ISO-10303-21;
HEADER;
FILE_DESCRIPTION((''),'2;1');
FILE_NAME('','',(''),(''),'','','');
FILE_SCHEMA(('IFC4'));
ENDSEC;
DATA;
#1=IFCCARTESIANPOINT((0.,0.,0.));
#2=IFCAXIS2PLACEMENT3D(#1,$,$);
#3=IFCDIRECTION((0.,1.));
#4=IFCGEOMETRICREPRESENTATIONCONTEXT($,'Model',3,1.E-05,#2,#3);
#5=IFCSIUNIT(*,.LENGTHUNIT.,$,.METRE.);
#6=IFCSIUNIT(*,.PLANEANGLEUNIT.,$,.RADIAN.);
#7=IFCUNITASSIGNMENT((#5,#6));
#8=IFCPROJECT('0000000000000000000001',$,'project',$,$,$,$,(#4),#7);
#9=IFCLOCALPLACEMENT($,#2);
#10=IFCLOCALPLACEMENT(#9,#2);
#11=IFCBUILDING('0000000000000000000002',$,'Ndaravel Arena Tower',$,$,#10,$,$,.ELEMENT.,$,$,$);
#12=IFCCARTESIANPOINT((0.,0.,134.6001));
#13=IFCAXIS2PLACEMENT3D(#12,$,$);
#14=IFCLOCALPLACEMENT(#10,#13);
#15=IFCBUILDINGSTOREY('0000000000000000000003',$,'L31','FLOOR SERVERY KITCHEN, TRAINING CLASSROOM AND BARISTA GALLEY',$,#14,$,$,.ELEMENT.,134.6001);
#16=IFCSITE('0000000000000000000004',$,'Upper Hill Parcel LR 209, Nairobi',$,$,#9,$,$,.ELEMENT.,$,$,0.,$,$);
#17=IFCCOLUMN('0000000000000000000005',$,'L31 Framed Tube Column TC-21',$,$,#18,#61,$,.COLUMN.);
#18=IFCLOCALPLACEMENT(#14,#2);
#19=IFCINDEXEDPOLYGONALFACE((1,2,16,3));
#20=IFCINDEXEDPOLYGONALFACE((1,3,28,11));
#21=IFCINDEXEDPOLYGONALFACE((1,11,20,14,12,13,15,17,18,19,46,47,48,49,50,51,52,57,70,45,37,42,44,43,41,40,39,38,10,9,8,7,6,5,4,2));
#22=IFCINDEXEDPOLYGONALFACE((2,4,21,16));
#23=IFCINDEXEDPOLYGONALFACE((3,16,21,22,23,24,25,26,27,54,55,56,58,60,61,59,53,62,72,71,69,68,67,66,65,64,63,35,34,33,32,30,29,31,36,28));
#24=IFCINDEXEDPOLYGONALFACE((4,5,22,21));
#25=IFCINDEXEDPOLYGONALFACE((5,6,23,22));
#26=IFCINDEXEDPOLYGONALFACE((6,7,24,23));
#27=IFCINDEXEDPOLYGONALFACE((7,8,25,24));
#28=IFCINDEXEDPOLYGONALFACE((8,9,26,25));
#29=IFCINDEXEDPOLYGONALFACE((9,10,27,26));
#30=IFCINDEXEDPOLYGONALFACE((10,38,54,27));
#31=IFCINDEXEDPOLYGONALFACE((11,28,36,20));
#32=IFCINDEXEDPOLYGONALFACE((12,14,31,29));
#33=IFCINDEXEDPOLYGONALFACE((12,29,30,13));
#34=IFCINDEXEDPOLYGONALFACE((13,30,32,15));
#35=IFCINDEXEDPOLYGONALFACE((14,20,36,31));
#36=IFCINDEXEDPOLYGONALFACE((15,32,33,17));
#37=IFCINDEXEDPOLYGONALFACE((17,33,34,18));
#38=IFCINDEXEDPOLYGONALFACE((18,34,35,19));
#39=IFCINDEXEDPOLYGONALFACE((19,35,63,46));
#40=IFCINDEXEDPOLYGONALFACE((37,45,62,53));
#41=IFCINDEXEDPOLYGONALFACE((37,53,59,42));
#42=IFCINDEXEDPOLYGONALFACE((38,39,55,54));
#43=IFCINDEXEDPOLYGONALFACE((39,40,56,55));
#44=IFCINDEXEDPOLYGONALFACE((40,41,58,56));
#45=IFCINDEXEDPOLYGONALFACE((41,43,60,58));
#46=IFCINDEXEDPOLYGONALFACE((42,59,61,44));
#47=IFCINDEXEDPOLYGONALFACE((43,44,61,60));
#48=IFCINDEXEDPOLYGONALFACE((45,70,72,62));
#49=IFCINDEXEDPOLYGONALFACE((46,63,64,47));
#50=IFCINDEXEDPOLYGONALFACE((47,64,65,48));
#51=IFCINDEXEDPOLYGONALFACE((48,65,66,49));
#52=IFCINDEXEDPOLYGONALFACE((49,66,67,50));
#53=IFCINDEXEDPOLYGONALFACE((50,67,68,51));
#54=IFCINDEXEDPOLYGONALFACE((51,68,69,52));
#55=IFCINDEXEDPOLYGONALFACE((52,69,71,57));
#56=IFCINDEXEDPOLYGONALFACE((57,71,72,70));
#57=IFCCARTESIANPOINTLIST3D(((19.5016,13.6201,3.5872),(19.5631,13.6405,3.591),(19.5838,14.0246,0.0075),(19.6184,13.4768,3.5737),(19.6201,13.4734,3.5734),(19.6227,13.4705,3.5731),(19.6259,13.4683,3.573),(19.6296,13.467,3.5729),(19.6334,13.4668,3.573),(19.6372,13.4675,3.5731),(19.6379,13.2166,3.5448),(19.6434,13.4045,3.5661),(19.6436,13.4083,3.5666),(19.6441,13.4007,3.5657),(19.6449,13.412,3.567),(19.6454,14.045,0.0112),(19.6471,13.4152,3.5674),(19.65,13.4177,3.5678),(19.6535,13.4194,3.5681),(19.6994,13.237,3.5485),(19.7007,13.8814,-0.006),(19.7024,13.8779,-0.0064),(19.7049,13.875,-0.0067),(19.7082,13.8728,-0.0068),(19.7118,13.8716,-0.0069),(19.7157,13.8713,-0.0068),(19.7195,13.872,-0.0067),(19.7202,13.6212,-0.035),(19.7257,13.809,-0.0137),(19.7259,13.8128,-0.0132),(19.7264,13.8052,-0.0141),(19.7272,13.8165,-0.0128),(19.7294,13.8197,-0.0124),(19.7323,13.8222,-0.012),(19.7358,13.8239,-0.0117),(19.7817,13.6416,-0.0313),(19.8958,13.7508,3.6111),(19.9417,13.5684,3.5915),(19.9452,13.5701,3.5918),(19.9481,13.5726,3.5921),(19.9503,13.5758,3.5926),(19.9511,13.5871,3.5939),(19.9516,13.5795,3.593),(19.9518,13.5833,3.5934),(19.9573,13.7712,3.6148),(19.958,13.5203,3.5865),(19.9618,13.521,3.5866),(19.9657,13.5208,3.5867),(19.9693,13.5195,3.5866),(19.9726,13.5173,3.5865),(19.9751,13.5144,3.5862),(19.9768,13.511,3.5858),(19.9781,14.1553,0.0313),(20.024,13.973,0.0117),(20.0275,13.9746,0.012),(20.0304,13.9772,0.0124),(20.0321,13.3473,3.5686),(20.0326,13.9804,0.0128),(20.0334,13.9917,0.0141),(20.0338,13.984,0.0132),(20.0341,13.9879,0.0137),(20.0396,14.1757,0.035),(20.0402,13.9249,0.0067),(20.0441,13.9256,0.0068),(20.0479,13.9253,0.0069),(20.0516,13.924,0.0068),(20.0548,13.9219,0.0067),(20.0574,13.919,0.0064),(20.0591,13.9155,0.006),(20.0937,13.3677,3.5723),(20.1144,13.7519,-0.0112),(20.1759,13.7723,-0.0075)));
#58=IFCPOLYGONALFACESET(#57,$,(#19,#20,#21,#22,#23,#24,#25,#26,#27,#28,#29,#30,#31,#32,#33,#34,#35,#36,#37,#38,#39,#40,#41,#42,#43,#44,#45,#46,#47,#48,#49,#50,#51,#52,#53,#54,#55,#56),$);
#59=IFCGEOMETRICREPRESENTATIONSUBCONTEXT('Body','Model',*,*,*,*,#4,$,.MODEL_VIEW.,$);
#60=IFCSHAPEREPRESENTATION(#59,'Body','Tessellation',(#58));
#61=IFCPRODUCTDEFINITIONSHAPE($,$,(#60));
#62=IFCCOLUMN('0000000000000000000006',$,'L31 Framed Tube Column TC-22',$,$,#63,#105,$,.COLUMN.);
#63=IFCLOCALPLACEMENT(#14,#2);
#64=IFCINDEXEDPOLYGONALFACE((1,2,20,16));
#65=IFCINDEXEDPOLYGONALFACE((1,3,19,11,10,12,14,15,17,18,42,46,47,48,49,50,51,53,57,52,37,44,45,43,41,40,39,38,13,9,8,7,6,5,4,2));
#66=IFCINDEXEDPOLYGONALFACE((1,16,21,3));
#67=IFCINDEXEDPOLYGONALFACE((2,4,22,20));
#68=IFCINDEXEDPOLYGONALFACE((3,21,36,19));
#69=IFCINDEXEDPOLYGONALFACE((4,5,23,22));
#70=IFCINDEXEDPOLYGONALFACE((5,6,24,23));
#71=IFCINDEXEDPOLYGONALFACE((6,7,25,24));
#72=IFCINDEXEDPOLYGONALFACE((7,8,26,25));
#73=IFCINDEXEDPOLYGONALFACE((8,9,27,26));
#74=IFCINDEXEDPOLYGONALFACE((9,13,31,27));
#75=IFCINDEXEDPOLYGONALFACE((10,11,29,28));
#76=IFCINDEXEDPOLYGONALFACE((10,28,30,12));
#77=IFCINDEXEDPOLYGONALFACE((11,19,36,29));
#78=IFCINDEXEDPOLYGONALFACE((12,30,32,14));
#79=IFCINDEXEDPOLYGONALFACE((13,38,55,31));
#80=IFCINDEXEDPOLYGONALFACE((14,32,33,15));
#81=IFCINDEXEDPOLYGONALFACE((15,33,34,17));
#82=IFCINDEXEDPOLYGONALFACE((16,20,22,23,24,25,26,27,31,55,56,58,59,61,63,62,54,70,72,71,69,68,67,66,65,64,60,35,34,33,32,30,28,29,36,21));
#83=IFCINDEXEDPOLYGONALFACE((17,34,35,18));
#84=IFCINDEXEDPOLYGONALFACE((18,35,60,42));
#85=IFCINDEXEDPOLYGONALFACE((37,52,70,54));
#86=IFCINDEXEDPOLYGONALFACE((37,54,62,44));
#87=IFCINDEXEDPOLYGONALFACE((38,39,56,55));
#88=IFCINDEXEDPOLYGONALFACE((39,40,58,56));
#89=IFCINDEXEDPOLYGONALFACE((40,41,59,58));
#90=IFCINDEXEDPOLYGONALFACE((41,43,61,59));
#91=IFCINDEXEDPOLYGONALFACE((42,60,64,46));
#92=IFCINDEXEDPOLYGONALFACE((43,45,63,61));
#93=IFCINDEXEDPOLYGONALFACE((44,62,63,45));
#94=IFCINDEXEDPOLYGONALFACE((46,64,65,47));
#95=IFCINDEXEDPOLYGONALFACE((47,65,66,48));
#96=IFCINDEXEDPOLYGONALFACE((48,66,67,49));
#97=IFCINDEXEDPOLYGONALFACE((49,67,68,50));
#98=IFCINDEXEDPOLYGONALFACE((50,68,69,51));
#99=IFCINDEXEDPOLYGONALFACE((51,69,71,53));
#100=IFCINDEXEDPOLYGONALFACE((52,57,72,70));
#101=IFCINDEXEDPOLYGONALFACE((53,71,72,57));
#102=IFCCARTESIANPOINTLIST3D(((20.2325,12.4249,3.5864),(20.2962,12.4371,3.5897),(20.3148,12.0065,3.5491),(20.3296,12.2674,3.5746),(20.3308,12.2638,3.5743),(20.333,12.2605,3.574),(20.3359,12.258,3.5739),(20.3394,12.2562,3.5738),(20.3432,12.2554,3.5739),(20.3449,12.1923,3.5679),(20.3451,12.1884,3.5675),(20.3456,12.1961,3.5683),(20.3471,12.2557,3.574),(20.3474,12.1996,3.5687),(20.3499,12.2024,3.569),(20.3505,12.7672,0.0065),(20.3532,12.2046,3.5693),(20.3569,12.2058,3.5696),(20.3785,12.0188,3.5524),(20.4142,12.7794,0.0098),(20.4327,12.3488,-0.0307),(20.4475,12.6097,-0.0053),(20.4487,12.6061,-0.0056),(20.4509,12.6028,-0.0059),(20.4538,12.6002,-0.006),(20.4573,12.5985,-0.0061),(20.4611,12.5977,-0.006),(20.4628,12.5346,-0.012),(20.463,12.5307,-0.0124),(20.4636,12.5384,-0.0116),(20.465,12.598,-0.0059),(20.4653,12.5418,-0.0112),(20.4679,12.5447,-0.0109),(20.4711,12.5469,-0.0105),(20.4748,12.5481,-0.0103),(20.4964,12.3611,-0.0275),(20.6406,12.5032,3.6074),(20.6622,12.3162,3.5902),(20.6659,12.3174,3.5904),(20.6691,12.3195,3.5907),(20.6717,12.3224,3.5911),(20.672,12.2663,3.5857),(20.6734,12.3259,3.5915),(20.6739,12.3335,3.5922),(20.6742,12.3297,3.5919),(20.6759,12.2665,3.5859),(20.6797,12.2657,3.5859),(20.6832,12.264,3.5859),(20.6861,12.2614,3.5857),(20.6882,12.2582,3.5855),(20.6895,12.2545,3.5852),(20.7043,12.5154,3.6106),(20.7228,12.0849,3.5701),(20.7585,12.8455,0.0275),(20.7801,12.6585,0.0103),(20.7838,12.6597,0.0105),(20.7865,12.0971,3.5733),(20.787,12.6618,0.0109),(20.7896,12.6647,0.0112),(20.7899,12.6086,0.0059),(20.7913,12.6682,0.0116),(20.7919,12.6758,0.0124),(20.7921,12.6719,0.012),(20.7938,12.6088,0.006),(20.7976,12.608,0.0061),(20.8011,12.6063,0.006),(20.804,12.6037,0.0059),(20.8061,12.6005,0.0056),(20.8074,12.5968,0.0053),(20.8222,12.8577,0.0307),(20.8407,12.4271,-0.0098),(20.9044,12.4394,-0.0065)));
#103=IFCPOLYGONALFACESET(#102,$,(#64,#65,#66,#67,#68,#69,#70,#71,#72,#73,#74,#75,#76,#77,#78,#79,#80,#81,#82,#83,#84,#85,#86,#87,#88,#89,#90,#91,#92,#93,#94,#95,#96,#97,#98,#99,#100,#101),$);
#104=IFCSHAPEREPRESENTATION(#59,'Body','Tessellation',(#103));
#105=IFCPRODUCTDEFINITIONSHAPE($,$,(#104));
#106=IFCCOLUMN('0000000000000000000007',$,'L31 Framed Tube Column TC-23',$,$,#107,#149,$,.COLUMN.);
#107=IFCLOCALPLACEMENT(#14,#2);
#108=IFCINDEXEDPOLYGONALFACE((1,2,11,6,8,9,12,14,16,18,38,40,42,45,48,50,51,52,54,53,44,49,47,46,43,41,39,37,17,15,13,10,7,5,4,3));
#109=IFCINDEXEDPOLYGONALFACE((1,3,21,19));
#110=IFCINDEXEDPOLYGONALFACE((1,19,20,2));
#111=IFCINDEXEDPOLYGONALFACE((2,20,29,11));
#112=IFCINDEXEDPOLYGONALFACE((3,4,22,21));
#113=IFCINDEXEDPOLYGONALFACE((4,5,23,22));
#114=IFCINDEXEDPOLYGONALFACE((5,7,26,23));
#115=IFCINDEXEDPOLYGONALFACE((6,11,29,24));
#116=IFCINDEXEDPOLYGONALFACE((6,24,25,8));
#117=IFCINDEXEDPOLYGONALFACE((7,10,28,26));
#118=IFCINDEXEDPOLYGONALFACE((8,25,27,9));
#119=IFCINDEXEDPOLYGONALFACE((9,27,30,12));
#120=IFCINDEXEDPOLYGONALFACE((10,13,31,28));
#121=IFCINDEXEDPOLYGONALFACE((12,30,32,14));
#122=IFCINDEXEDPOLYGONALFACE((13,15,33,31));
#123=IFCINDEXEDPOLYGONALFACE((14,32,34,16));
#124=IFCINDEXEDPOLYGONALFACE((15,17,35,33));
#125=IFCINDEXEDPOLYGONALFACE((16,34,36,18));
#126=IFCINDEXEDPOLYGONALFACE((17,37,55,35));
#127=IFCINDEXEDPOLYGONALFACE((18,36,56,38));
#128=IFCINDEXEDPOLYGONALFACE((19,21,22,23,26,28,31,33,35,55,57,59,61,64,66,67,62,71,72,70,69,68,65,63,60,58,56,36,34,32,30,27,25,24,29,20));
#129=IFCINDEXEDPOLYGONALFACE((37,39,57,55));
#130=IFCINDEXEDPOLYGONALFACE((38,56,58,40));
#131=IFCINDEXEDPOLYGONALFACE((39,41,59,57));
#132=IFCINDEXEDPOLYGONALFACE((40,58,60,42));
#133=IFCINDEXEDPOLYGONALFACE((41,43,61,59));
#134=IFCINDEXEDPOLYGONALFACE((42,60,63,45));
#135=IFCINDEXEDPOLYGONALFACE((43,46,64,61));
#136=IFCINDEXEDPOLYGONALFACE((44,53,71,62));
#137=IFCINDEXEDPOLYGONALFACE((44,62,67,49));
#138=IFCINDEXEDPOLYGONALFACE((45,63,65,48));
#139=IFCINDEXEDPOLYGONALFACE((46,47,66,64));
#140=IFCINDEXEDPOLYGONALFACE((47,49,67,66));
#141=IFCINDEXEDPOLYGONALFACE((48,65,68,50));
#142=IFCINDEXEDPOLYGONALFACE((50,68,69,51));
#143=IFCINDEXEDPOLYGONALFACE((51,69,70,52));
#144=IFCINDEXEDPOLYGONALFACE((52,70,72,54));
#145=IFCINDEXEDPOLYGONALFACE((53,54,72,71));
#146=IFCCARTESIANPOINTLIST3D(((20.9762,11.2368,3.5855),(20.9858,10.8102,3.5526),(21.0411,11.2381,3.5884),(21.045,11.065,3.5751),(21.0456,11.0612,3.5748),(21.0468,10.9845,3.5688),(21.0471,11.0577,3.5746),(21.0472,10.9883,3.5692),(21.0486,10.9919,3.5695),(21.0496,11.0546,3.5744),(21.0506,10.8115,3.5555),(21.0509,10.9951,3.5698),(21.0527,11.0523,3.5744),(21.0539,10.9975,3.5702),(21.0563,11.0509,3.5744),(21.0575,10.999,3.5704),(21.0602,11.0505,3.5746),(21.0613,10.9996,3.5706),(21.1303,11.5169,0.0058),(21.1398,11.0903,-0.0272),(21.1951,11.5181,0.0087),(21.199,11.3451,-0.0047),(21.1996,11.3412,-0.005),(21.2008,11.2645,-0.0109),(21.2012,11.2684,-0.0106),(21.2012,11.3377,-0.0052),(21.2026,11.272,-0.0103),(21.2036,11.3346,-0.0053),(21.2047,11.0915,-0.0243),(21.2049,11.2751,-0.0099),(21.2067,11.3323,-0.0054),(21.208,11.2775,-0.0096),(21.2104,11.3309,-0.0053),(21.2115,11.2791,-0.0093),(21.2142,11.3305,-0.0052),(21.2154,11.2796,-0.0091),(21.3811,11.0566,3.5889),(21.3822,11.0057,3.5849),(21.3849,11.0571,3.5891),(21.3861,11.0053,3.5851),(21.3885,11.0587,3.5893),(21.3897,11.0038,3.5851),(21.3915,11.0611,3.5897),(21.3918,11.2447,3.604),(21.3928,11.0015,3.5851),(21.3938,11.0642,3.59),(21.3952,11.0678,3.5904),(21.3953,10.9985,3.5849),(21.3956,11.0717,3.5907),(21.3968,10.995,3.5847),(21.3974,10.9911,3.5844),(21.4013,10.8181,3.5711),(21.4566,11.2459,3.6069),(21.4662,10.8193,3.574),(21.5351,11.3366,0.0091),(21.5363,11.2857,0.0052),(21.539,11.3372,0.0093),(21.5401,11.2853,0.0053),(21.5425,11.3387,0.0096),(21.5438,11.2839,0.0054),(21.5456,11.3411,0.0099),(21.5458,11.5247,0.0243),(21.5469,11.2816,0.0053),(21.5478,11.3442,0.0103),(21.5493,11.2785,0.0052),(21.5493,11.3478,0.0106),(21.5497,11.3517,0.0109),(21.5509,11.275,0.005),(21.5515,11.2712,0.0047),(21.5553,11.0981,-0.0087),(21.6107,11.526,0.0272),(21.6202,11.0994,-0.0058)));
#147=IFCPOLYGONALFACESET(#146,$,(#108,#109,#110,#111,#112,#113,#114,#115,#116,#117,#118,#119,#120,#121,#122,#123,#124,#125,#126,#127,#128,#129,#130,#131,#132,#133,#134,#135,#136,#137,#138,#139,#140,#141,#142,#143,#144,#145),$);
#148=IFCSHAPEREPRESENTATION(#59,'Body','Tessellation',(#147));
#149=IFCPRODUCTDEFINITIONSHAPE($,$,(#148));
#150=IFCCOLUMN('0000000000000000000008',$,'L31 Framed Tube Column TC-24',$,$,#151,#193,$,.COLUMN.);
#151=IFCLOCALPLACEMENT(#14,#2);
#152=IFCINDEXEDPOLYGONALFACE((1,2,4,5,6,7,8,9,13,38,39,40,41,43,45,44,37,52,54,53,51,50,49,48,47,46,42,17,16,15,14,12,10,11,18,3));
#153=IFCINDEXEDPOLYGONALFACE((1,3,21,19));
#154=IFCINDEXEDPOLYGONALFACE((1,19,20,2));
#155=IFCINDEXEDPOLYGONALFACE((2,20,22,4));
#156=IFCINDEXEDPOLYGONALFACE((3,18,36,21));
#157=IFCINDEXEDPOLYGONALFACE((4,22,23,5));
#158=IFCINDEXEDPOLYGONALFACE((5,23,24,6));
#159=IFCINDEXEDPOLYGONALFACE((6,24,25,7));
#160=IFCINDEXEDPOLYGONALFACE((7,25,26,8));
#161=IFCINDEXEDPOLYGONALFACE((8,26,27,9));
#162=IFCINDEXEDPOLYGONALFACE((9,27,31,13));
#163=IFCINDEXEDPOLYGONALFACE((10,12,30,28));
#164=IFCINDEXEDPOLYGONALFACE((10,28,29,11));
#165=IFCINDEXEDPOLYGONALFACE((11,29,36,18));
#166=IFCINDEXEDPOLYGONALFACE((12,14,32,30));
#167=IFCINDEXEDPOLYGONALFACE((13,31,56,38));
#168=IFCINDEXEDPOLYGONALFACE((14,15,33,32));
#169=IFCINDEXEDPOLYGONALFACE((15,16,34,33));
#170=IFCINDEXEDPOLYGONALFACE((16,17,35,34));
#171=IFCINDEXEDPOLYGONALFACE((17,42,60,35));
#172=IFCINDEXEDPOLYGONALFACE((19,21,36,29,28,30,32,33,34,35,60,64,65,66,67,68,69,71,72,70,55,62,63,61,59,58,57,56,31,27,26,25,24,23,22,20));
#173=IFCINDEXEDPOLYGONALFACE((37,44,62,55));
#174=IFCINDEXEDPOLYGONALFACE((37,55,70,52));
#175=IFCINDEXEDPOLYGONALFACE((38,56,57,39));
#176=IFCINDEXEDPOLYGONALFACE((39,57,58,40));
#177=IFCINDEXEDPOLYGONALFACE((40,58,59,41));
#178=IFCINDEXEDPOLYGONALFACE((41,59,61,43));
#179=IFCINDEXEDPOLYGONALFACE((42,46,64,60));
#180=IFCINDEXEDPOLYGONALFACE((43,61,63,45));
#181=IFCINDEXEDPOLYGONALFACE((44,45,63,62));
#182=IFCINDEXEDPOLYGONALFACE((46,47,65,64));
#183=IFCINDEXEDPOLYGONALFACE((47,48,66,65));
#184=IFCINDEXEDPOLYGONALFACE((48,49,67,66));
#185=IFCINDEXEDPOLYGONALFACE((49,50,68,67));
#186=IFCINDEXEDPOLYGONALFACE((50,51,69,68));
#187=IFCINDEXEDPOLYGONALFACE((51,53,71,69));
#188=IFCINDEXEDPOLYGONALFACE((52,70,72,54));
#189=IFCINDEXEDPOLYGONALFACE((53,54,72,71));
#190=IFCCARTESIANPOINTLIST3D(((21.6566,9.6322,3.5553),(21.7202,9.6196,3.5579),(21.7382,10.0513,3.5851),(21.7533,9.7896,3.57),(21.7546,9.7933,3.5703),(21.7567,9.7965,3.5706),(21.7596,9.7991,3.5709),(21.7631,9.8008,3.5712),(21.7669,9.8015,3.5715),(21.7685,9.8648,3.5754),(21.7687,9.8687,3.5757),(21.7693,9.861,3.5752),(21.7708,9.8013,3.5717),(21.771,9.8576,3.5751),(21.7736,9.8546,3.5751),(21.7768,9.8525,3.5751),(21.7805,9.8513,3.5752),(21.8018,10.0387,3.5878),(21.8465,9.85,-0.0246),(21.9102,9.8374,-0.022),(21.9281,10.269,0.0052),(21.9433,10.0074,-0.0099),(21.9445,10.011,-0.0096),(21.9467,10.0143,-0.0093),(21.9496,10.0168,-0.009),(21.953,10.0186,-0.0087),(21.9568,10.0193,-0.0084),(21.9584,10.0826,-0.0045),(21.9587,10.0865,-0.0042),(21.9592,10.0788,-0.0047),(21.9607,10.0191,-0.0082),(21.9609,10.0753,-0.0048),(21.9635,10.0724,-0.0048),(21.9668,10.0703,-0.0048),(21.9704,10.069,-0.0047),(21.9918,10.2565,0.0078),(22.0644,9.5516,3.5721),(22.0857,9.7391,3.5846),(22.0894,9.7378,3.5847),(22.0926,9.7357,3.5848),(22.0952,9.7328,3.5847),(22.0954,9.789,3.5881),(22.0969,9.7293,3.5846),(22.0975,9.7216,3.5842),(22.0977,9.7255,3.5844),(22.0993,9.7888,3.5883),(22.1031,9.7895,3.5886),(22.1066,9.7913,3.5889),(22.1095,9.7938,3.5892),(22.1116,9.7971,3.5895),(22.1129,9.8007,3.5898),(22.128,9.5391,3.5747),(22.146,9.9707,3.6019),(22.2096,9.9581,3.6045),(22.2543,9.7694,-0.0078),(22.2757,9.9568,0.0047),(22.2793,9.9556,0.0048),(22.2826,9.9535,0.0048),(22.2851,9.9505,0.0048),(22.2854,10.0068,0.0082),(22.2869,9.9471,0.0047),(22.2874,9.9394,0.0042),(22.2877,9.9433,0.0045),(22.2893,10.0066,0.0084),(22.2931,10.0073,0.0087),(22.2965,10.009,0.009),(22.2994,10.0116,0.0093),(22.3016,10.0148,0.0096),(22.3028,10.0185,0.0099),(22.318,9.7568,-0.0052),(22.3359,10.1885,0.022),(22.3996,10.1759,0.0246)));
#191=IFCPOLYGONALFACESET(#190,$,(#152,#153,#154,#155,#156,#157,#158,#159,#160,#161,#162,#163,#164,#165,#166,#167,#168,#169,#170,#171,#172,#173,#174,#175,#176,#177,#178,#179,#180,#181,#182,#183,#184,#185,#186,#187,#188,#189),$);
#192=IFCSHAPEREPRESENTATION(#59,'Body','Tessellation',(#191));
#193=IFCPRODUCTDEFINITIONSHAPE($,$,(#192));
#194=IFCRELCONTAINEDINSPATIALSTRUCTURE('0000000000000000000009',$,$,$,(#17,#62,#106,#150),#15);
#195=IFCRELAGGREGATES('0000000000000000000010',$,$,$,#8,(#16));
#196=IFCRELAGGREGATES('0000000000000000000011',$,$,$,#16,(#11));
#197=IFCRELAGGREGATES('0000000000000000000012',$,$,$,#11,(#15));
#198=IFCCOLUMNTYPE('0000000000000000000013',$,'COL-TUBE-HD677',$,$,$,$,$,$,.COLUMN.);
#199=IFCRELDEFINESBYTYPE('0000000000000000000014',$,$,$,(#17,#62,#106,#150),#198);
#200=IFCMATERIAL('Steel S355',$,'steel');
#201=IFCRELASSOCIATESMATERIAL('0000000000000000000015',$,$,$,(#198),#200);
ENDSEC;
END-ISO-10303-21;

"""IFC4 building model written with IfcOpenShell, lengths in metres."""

from ifc_helpers import new_model, si_unit, direction, frame, origin, origin_2d, place, context, subcontext, project, spatial, i_section, extrude, material, material_profile, profile_set, type_object, element, save


model = new_model("IFC4")

# Units and contexts
model_context = context("Model", 3, precision=1e-05, world=origin(), true_north=direction((0.0, 1.0)))
body_context = subcontext(model_context, "Body", "Model", "MODEL_VIEW")
ifc_project = project(units=[si_unit("LENGTHUNIT", "METRE"), si_unit("PLANEANGLEUNIT", "RADIAN")], contexts=[model_context])

# Site, building, storey
site_placement = place(None, origin())
site = spatial("IfcSite", under=ifc_project, at=site_placement, Name="Upper Hill Parcel LR 209, Nairobi", CompositionType="ELEMENT", RefElevation=0.0)
building_placement = place(site_placement, origin())
building = spatial("IfcBuilding", under=site, at=building_placement, Name="Ndaravel Arena Tower", CompositionType="ELEMENT")
storey_placement = place(building_placement, frame((0.0, 0.0, 134.6001)))
storey = spatial("IfcBuildingStorey", under=building, at=storey_placement, Name="L31", Description="FLOOR SERVERY KITCHEN, TRAINING CLASSROOM AND BARISTA GALLEY", CompositionType="ELEMENT", Elevation=134.6001)

# Columns
ifc_material_1 = material(Name="Steel S355", Category="steel")
ifc_material_profile_1 = material_profile(ifc_material_1, i_section(OverallWidth=0.428, OverallDepth=0.481, WebThickness=0.051, FlangeThickness=0.0649, FilletRadius=0.0149, at=origin_2d()), Name="HD 400x677")
ifc_profile_set_1 = profile_set([ifc_material_profile_1], Name="Steel S355")
column_type = type_object("IfcColumnType", Name="COL-TUBE-HD677", PredefinedType="COLUMN", material=ifc_profile_set_1)
column_1_placement = place(storey_placement, frame((19.8799, 13.8984, 0.0), z_axis=(-0.022832, -0.112262, 0.993416), x_axis=(-0.318507, 0.942714, 0.099212)))
element("IfcColumn", 1, at=column_1_placement, inside=storey, type_object=column_type, Name="L31 Framed Tube Column TC-21", PredefinedType="COLUMN", context=body_context, shape_type="SweptSolid", body=[
    extrude(i_section(OverallWidth=0.428, OverallDepth=0.481, WebThickness=0.051, FlangeThickness=0.0649, FilletRadius=0.0149, at=origin_2d()), origin(), (0.0, 0.0, 1.0), 3.6035),
])
column_2_placement = place(storey_placement, frame((20.6274, 12.6033, 0.0), z_axis=(-0.032773, -0.09513, 0.994925), x_axis=(-0.192082, 0.977503, 0.087137)))
element("IfcColumn", 2, at=column_2_placement, inside=storey, type_object=column_type, Name="L31 Framed Tube Column TC-22", PredefinedType="COLUMN", context=body_context, shape_type="SweptSolid", body=[
    extrude(i_section(OverallWidth=0.428, OverallDepth=0.481, WebThickness=0.051, FlangeThickness=0.0649, FilletRadius=0.0149, at=origin_2d()), origin(), (0.0, 0.0, 1.0), 3.5981),
])
column_3_placement = place(storey_placement, frame((21.3752, 11.3081, 0.0), z_axis=(-0.042863, -0.077914, 0.996038), x_axis=(-0.022307, 0.996781, 0.077012)))
element("IfcColumn", 3, at=column_3_placement, inside=storey, type_object=column_type, Name="L31 Framed Tube Column TC-23", PredefinedType="COLUMN", context=body_context, shape_type="SweptSolid", body=[
    extrude(i_section(OverallWidth=0.428, OverallDepth=0.481, WebThickness=0.051, FlangeThickness=0.0649, FilletRadius=0.0149, at=origin_2d()), origin(), (0.0, 0.0, 1.0), 3.594),
])
column_4_placement = place(storey_placement, frame((22.123, 10.0129, 0.0), z_axis=(-0.052887, -0.060636, 0.996758), x_axis=(0.190588, 0.979194, 0.06968)))
element("IfcColumn", 4, at=column_4_placement, inside=storey, type_object=column_type, Name="L31 Framed Tube Column TC-24", PredefinedType="COLUMN", context=body_context, shape_type="SweptSolid", body=[
    extrude(i_section(OverallWidth=0.428, OverallDepth=0.481, WebThickness=0.051, FlangeThickness=0.0649, FilletRadius=0.0149, at=origin_2d()), origin(), (0.0, 0.0, 1.0), 3.5916),
])

save(model, "model.ifc")
